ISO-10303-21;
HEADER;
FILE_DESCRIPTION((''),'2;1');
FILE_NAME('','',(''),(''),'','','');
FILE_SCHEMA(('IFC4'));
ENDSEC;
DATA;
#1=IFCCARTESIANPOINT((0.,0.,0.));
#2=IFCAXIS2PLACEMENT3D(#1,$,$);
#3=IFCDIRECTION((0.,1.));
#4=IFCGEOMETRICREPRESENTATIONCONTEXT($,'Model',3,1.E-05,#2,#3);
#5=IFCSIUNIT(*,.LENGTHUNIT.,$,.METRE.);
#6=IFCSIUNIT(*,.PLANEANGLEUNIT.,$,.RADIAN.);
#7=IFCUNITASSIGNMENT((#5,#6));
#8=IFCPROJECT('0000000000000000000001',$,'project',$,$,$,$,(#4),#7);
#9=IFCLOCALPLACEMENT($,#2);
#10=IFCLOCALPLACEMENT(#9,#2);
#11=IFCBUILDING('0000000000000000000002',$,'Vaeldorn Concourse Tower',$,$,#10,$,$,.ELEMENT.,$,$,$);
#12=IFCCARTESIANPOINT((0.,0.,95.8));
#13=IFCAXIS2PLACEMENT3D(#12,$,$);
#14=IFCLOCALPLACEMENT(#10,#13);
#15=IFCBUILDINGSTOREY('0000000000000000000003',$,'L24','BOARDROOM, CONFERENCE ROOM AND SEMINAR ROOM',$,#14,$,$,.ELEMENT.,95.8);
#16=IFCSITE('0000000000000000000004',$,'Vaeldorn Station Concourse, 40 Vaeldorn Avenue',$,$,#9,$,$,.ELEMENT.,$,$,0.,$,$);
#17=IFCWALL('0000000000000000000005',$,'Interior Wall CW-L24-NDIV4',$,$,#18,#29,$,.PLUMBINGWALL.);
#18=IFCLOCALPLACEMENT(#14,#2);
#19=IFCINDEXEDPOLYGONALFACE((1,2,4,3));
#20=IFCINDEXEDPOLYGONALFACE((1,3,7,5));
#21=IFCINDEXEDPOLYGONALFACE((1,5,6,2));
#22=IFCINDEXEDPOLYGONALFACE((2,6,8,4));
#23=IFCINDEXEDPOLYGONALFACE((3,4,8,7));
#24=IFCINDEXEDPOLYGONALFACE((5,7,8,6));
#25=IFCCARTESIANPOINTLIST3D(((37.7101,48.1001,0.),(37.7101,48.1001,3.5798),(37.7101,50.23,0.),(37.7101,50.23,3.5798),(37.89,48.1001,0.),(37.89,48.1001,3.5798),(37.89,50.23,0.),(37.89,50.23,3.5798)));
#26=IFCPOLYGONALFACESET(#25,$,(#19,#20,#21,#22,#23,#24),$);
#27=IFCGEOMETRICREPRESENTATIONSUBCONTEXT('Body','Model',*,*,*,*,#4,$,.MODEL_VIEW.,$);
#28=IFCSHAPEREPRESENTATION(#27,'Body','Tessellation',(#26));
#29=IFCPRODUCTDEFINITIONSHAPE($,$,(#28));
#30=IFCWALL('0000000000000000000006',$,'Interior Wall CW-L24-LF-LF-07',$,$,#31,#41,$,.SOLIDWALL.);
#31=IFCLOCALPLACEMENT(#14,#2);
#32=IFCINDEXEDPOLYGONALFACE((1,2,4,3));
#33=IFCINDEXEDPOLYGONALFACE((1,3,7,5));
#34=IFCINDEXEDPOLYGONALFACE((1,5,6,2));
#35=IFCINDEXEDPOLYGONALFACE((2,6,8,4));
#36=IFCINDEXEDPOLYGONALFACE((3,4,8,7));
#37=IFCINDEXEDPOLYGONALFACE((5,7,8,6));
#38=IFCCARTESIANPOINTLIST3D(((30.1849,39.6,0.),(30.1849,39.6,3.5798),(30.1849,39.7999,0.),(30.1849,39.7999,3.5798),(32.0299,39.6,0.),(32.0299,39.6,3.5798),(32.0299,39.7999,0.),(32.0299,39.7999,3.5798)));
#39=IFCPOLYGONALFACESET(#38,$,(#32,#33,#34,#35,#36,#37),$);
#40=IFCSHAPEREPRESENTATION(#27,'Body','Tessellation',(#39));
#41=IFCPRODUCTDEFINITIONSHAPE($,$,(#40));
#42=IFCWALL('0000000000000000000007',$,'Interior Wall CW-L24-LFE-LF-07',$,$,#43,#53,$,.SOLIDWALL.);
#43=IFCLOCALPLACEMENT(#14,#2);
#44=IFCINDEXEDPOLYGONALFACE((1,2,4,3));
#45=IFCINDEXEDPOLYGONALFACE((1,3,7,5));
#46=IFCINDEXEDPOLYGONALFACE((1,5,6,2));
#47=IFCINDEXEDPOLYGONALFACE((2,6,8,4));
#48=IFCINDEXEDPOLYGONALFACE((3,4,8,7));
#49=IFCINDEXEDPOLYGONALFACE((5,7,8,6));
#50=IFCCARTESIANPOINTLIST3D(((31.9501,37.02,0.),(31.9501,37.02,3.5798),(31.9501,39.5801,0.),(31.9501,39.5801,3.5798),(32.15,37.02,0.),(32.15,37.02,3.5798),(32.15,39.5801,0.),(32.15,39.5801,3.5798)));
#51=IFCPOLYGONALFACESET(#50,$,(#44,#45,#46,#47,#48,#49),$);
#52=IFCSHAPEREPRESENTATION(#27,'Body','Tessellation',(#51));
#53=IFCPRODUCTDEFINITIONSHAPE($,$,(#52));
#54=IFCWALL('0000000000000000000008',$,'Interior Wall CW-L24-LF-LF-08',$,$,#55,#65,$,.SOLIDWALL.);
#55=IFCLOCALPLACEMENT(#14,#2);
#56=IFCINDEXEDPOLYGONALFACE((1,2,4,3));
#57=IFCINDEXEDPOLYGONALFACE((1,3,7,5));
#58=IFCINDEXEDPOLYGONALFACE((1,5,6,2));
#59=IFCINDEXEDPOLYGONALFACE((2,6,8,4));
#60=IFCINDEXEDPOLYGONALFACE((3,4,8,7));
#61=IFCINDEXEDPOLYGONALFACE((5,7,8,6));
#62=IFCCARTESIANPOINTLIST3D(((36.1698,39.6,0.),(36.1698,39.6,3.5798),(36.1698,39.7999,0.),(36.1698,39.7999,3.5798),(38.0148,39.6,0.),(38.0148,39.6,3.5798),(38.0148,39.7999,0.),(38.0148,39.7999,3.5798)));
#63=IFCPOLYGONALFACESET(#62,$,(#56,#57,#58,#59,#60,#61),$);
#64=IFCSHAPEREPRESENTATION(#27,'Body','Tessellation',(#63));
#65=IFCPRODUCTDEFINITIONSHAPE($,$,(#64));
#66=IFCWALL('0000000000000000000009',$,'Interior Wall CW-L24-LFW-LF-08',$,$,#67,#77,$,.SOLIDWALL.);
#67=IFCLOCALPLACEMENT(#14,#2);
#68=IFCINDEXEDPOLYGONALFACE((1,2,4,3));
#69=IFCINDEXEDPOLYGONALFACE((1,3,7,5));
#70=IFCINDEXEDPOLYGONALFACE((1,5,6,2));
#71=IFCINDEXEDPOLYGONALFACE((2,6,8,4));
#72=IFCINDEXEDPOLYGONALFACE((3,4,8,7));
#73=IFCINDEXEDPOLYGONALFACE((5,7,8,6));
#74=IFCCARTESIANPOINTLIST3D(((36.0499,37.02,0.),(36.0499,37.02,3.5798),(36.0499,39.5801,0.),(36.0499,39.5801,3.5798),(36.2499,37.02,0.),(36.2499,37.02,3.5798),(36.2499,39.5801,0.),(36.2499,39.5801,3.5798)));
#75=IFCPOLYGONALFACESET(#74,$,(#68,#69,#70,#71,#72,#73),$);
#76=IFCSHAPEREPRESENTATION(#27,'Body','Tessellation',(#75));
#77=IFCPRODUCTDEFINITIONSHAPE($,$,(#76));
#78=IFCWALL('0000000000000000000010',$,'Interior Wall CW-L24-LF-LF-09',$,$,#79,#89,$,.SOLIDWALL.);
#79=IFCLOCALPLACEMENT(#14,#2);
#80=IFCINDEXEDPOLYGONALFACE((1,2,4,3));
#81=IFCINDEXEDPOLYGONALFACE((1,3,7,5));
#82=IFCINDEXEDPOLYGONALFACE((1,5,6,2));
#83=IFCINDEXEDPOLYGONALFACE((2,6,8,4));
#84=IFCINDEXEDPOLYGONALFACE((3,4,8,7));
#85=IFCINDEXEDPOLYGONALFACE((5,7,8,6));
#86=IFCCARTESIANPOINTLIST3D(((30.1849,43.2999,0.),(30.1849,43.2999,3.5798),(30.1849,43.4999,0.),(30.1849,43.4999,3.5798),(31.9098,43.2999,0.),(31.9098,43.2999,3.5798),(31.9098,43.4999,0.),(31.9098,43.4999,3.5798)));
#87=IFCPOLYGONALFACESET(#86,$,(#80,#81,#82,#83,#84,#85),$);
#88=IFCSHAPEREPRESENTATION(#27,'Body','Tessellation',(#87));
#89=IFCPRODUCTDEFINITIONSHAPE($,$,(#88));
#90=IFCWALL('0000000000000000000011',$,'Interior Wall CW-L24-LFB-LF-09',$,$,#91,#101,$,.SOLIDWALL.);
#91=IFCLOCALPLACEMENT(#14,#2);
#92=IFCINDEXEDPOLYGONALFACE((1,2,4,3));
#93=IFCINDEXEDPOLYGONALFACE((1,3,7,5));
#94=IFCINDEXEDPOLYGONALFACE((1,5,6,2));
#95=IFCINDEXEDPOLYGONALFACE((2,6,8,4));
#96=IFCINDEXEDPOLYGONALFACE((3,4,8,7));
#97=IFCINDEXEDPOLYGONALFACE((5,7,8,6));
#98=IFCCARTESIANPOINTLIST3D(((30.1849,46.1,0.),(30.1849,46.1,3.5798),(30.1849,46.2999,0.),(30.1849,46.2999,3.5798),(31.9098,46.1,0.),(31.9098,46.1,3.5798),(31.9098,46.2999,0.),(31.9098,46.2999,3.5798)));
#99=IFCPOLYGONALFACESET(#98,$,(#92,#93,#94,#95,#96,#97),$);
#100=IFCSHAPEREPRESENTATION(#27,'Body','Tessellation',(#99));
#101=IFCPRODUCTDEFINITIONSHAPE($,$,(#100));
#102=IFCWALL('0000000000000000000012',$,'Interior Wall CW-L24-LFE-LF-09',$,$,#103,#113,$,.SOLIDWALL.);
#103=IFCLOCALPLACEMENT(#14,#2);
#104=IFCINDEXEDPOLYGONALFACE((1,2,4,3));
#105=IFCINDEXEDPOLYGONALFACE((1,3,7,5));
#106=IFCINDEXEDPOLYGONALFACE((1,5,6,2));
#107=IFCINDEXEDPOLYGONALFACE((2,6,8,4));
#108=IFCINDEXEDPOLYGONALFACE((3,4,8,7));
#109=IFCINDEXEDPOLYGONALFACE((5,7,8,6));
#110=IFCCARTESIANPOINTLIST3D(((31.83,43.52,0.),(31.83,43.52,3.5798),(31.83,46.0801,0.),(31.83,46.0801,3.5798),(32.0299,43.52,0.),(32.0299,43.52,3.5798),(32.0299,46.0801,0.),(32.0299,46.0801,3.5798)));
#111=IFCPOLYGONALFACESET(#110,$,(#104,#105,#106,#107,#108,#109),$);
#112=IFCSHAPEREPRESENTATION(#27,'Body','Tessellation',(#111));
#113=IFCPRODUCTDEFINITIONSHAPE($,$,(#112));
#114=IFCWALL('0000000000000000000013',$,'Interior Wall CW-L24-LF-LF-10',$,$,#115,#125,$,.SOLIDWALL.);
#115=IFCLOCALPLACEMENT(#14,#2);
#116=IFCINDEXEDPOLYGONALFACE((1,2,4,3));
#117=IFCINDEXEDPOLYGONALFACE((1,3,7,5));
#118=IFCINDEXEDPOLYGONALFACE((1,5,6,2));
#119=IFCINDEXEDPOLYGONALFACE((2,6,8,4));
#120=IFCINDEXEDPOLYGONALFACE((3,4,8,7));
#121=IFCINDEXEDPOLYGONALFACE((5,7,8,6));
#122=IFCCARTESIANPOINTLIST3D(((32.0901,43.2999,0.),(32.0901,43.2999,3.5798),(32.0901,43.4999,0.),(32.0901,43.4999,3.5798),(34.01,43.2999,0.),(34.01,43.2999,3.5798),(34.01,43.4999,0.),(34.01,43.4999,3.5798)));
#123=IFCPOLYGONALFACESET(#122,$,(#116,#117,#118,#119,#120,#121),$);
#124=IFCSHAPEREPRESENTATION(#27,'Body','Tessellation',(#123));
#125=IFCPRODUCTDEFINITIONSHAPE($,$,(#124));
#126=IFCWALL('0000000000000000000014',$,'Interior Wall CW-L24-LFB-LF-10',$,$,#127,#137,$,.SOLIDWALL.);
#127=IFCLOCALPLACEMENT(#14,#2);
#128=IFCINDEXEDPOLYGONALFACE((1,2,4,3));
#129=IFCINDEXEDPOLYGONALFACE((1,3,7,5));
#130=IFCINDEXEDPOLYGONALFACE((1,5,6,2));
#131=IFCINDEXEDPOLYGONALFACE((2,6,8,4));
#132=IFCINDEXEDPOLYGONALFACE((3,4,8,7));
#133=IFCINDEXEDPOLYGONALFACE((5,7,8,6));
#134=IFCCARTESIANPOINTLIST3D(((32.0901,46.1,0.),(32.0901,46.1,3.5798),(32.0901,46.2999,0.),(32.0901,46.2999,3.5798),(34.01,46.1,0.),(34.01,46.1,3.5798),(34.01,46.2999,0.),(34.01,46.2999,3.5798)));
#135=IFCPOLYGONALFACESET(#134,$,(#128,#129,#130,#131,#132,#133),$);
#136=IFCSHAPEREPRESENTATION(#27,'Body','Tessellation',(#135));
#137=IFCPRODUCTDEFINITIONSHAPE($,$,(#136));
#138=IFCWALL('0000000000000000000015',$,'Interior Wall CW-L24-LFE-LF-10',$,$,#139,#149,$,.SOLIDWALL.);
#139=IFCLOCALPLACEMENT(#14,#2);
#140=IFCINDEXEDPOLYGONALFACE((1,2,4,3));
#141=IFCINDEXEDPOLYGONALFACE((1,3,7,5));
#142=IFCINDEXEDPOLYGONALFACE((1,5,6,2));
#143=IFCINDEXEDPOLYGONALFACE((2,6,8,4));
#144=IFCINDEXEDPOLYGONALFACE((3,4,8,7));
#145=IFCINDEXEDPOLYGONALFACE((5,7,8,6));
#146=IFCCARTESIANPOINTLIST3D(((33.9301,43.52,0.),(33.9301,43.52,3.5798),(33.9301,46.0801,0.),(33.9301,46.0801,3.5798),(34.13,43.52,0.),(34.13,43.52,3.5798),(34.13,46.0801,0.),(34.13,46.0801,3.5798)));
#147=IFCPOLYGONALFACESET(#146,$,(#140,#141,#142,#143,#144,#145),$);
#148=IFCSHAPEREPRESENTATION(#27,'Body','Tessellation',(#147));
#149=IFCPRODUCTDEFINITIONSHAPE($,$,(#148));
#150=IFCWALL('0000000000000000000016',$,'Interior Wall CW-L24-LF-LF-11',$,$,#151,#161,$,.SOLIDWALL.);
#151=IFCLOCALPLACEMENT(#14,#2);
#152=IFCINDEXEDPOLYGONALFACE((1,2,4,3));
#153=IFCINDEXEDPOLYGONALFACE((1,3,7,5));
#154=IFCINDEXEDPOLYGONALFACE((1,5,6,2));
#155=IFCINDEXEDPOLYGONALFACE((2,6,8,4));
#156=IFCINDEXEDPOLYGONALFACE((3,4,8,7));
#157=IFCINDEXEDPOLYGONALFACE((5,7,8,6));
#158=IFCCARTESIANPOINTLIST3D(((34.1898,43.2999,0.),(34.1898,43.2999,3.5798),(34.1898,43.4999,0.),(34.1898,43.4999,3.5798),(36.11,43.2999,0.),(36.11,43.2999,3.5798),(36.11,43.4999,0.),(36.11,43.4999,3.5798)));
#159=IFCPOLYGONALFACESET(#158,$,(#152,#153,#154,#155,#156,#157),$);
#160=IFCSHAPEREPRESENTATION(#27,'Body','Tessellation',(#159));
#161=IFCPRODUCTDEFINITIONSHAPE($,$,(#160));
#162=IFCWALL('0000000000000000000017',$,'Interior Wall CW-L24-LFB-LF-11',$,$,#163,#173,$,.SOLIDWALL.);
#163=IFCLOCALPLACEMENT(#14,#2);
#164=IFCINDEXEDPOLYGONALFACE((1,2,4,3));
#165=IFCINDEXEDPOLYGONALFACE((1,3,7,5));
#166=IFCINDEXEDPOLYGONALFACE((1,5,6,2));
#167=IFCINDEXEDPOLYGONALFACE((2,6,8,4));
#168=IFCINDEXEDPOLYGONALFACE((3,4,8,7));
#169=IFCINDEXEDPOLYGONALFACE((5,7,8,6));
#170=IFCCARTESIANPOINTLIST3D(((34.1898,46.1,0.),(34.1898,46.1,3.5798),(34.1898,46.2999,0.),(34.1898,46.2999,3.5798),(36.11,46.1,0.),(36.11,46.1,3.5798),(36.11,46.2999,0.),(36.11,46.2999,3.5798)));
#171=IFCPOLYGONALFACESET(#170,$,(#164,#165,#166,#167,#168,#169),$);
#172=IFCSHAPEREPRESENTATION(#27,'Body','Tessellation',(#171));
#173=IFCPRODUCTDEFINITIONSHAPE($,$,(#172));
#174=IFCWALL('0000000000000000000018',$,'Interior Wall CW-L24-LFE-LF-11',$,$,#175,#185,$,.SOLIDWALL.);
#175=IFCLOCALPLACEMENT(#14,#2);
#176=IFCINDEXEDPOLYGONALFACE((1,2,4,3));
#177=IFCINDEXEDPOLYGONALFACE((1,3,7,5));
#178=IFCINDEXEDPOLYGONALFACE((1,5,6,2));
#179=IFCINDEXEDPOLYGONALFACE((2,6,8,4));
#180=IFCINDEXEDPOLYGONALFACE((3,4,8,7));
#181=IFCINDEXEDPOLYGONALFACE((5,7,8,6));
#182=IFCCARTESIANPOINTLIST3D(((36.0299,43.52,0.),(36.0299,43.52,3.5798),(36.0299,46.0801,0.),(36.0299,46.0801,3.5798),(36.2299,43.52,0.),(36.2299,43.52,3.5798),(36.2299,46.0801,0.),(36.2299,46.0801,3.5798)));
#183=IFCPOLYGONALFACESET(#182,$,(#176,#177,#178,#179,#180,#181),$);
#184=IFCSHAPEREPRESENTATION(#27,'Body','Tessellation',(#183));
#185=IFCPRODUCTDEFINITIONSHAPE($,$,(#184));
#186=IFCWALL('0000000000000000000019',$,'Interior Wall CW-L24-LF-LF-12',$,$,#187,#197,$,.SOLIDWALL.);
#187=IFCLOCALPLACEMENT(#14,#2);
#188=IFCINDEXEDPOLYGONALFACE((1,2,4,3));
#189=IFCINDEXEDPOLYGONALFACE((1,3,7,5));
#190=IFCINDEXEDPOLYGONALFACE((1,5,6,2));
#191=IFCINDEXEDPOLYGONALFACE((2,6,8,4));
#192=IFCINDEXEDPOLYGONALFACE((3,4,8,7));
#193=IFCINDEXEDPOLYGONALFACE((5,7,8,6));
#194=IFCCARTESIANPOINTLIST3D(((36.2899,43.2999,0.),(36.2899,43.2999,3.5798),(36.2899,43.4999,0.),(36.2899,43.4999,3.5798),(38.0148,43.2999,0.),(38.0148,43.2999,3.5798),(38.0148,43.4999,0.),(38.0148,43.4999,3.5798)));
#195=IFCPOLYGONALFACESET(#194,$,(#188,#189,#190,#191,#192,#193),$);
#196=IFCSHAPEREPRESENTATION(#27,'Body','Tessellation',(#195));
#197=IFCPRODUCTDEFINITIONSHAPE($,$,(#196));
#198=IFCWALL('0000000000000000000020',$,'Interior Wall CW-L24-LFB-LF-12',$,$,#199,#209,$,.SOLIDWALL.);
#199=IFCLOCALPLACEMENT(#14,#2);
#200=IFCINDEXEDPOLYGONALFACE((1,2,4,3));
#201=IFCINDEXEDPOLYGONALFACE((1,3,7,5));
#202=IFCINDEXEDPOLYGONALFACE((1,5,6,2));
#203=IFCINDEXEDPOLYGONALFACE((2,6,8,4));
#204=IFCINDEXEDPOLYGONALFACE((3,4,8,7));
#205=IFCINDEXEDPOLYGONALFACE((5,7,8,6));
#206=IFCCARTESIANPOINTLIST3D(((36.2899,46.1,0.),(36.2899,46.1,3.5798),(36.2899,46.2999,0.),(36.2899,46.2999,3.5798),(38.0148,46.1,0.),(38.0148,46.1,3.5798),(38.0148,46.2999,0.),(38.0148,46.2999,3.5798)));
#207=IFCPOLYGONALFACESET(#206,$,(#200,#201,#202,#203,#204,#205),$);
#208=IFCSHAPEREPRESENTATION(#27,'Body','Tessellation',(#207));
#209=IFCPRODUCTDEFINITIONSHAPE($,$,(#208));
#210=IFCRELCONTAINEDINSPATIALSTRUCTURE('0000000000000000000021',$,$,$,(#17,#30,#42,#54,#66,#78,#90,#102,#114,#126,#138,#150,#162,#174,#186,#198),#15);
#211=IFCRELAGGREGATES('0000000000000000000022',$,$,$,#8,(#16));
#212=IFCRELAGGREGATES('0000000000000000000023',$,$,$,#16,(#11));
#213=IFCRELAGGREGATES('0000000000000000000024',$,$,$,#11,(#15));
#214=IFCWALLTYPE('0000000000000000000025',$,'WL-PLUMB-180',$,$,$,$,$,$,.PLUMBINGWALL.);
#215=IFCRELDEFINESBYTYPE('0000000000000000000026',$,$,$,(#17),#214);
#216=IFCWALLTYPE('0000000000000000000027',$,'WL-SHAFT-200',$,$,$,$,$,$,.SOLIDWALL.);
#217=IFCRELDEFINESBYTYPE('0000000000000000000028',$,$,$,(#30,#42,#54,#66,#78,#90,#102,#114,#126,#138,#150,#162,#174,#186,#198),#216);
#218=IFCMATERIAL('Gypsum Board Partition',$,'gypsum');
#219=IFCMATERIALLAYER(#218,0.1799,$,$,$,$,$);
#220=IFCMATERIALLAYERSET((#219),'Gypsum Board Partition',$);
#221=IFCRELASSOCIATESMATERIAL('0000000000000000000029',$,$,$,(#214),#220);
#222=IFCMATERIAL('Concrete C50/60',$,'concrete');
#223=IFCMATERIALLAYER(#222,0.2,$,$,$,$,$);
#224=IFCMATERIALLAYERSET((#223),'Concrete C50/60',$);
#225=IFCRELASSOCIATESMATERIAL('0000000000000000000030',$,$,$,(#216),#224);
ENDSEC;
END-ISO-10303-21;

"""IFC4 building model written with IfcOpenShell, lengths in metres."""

from ifc_helpers import new_model, si_unit, direction, frame, frame_2d, origin, place, context, subcontext, project, spatial, rectangle, extrude, material, layer, layer_set, type_object, element, save


model = new_model("IFC4")

# Units and contexts
model_context = context("Model", 3, precision=1e-05, world=origin(), true_north=direction((0.0, 1.0)))
body_context = subcontext(model_context, "Body", "Model", "MODEL_VIEW")
ifc_project = project(units=[si_unit("LENGTHUNIT", "METRE"), si_unit("PLANEANGLEUNIT", "RADIAN")], contexts=[model_context])

# Site, building, storey
site_placement = place(None, origin())
site = spatial("IfcSite", under=ifc_project, at=site_placement, Name="Vaeldorn Station Concourse, 40 Vaeldorn Avenue", CompositionType="ELEMENT", RefElevation=0.0)
building_placement = place(site_placement, origin())
building = spatial("IfcBuilding", under=site, at=building_placement, Name="Vaeldorn Concourse Tower", CompositionType="ELEMENT")
storey_placement = place(building_placement, frame((0.0, 0.0, 95.8)))
storey = spatial("IfcBuildingStorey", under=building, at=storey_placement, Name="L24", Description="BOARDROOM, CONFERENCE ROOM AND SEMINAR ROOM", CompositionType="ELEMENT", Elevation=95.8)

# Shared definitions
ifc_material_1 = material(Name="Gypsum Board Partition", Category="gypsum")

# Walls
ifc_layer_1 = layer(ifc_material_1, 0.1799)
ifc_layer_set_1 = layer_set([ifc_layer_1], Name="Gypsum Board Partition")
wall_type_1 = type_object("IfcWallType", Name="WL-PLUMB-180", PredefinedType="PLUMBINGWALL", material=ifc_layer_set_1)
for number, where, z_axis, x_axis, name in (
    (1, (37.8, 48.1001, 0.0), (0.0, 0.0, 1.0), (0.0, 1.0, 0.0), "Interior Wall CW-L24-NDIV4"),
):
    element("IfcWall", number, at=place(storey_placement, frame(where, z_axis=z_axis, x_axis=x_axis)), inside=storey, type_object=wall_type_1, Name=name, PredefinedType="PLUMBINGWALL", context=body_context, shape_type="SweptSolid", body=[
        extrude(rectangle(XDim=2.1299, YDim=0.1799, at=frame_2d((1.0649, 0.0))), origin(), (0.0, 0.0, 1.0), 3.5798),
    ])
ifc_material_2 = material(Name="Concrete C50/60", Category="concrete")
ifc_layer_2 = layer(ifc_material_2, 0.2)
ifc_layer_set_2 = layer_set([ifc_layer_2], Name="Concrete C50/60")
wall_type_2 = type_object("IfcWallType", Name="WL-SHAFT-200", PredefinedType="SOLIDWALL", material=ifc_layer_set_2)
wall_1_placement = place(storey_placement, frame((30.1851, 39.7, 0.0), z_axis=(0.0, 0.0, 1.0), x_axis=(1.0, 0.0, 0.0)))
element("IfcWall", 2, at=wall_1_placement, inside=storey, type_object=wall_type_2, Name="Interior Wall CW-L24-LF-LF-07", PredefinedType="SOLIDWALL", context=body_context, shape_type="SweptSolid", body=[
    extrude(rectangle(XDim=1.845, YDim=0.2, at=frame_2d((0.9224, 0.0))), origin(), (0.0, 0.0, 1.0), 3.5798),
])
wall_2_placement = place(storey_placement, frame((32.05, 37.02, 0.0), z_axis=(0.0, 0.0, 1.0), x_axis=(0.0, 1.0, 0.0)))
element("IfcWall", 3, at=wall_2_placement, inside=storey, type_object=wall_type_2, Name="Interior Wall CW-L24-LFE-LF-07", PredefinedType="SOLIDWALL", context=body_context, shape_type="SweptSolid", body=[
    extrude(rectangle(XDim=2.5601, YDim=0.2, at=frame_2d((1.28, 0.0))), origin(), (0.0, 0.0, 1.0), 3.5798),
])
wall_3_placement = place(storey_placement, frame((36.1699, 39.7, 0.0), z_axis=(0.0, 0.0, 1.0), x_axis=(1.0, 0.0, 0.0)))
element("IfcWall", 4, at=wall_3_placement, inside=storey, type_object=wall_type_2, Name="Interior Wall CW-L24-LF-LF-08", PredefinedType="SOLIDWALL", context=body_context, shape_type="SweptSolid", body=[
    extrude(rectangle(XDim=1.845, YDim=0.2, at=frame_2d((0.9224, 0.0))), origin(), (0.0, 0.0, 1.0), 3.5798),
])
wall_4_placement = place(storey_placement, frame((36.1499, 37.02, 0.0), z_axis=(0.0, 0.0, 1.0), x_axis=(0.0, 1.0, 0.0)))
element("IfcWall", 5, at=wall_4_placement, inside=storey, type_object=wall_type_2, Name="Interior Wall CW-L24-LFW-LF-08", PredefinedType="SOLIDWALL", context=body_context, shape_type="SweptSolid", body=[
    extrude(rectangle(XDim=2.5601, YDim=0.2, at=frame_2d((1.28, 0.0))), origin(), (0.0, 0.0, 1.0), 3.5798),
])
for number, where, z_axis, x_axis, name in (
    (6, (30.1851, 43.3999, 0.0), (0.0, 0.0, 1.0), (1.0, 0.0, 0.0), "Interior Wall CW-L24-LF-LF-09"),
    (7, (30.1851, 46.2, 0.0), (0.0, 0.0, 1.0), (1.0, 0.0, 0.0), "Interior Wall CW-L24-LFB-LF-09"),
):
    element("IfcWall", number, at=place(storey_placement, frame(where, z_axis=z_axis, x_axis=x_axis)), inside=storey, type_object=wall_type_2, Name=name, PredefinedType="SOLIDWALL", context=body_context, shape_type="SweptSolid", body=[
        extrude(rectangle(XDim=1.7249, YDim=0.2, at=frame_2d((0.8623, 0.0))), origin(), (0.0, 0.0, 1.0), 3.5798),
    ])
wall_5_placement = place(storey_placement, frame((31.9299, 43.52, 0.0), z_axis=(0.0, 0.0, 1.0), x_axis=(0.0, 1.0, 0.0)))
element("IfcWall", 8, at=wall_5_placement, inside=storey, type_object=wall_type_2, Name="Interior Wall CW-L24-LFE-LF-09", PredefinedType="SOLIDWALL", context=body_context, shape_type="SweptSolid", body=[
    extrude(rectangle(XDim=2.5601, YDim=0.2, at=frame_2d((1.28, 0.0))), origin(), (0.0, 0.0, 1.0), 3.5798),
])
for number, where, z_axis, x_axis, name in (
    (9, (32.0901, 43.3999, 0.0), (0.0, 0.0, 1.0), (1.0, 0.0, 0.0), "Interior Wall CW-L24-LF-LF-10"),
    (10, (32.0901, 46.2, 0.0), (0.0, 0.0, 1.0), (1.0, 0.0, 0.0), "Interior Wall CW-L24-LFB-LF-10"),
):
    element("IfcWall", number, at=place(storey_placement, frame(where, z_axis=z_axis, x_axis=x_axis)), inside=storey, type_object=wall_type_2, Name=name, PredefinedType="SOLIDWALL", context=body_context, shape_type="SweptSolid", body=[
        extrude(rectangle(XDim=1.9199, YDim=0.2, at=frame_2d((0.96, 0.0))), origin(), (0.0, 0.0, 1.0), 3.5798),
    ])
wall_6_placement = place(storey_placement, frame((34.03, 43.52, 0.0), z_axis=(0.0, 0.0, 1.0), x_axis=(0.0, 1.0, 0.0)))
element("IfcWall", 11, at=wall_6_placement, inside=storey, type_object=wall_type_2, Name="Interior Wall CW-L24-LFE-LF-10", PredefinedType="SOLIDWALL", context=body_context, shape_type="SweptSolid", body=[
    extrude(rectangle(XDim=2.5601, YDim=0.2, at=frame_2d((1.28, 0.0))), origin(), (0.0, 0.0, 1.0), 3.5798),
])
for number, where, z_axis, x_axis, name in (
    (12, (34.1899, 43.3999, 0.0), (0.0, 0.0, 1.0), (1.0, 0.0, 0.0), "Interior Wall CW-L24-LF-LF-11"),
    (13, (34.1899, 46.2, 0.0), (0.0, 0.0, 1.0), (1.0, 0.0, 0.0), "Interior Wall CW-L24-LFB-LF-11"),
):
    element("IfcWall", number, at=place(storey_placement, frame(where, z_axis=z_axis, x_axis=x_axis)), inside=storey, type_object=wall_type_2, Name=name, PredefinedType="SOLIDWALL", context=body_context, shape_type="SweptSolid", body=[
        extrude(rectangle(XDim=1.9202, YDim=0.2, at=frame_2d((0.96, 0.0))), origin(), (0.0, 0.0, 1.0), 3.5798),
    ])
wall_7_placement = place(storey_placement, frame((36.1299, 43.52, 0.0), z_axis=(0.0, 0.0, 1.0), x_axis=(0.0, 1.0, 0.0)))
element("IfcWall", 14, at=wall_7_placement, inside=storey, type_object=wall_type_2, Name="Interior Wall CW-L24-LFE-LF-11", PredefinedType="SOLIDWALL", context=body_context, shape_type="SweptSolid", body=[
    extrude(rectangle(XDim=2.5601, YDim=0.2, at=frame_2d((1.28, 0.0))), origin(), (0.0, 0.0, 1.0), 3.5798),
])
for number, where, z_axis, x_axis, name in (
    (15, (36.29, 43.3999, 0.0), (0.0, 0.0, 1.0), (1.0, 0.0, 0.0), "Interior Wall CW-L24-LF-LF-12"),
    (16, (36.29, 46.2, 0.0), (0.0, 0.0, 1.0), (1.0, 0.0, 0.0), "Interior Wall CW-L24-LFB-LF-12"),
):
    element("IfcWall", number, at=place(storey_placement, frame(where, z_axis=z_axis, x_axis=x_axis)), inside=storey, type_object=wall_type_2, Name=name, PredefinedType="SOLIDWALL", context=body_context, shape_type="SweptSolid", body=[
        extrude(rectangle(XDim=1.7249, YDim=0.2, at=frame_2d((0.8623, 0.0))), origin(), (0.0, 0.0, 1.0), 3.5798),
    ])

save(model, "model.ifc")
